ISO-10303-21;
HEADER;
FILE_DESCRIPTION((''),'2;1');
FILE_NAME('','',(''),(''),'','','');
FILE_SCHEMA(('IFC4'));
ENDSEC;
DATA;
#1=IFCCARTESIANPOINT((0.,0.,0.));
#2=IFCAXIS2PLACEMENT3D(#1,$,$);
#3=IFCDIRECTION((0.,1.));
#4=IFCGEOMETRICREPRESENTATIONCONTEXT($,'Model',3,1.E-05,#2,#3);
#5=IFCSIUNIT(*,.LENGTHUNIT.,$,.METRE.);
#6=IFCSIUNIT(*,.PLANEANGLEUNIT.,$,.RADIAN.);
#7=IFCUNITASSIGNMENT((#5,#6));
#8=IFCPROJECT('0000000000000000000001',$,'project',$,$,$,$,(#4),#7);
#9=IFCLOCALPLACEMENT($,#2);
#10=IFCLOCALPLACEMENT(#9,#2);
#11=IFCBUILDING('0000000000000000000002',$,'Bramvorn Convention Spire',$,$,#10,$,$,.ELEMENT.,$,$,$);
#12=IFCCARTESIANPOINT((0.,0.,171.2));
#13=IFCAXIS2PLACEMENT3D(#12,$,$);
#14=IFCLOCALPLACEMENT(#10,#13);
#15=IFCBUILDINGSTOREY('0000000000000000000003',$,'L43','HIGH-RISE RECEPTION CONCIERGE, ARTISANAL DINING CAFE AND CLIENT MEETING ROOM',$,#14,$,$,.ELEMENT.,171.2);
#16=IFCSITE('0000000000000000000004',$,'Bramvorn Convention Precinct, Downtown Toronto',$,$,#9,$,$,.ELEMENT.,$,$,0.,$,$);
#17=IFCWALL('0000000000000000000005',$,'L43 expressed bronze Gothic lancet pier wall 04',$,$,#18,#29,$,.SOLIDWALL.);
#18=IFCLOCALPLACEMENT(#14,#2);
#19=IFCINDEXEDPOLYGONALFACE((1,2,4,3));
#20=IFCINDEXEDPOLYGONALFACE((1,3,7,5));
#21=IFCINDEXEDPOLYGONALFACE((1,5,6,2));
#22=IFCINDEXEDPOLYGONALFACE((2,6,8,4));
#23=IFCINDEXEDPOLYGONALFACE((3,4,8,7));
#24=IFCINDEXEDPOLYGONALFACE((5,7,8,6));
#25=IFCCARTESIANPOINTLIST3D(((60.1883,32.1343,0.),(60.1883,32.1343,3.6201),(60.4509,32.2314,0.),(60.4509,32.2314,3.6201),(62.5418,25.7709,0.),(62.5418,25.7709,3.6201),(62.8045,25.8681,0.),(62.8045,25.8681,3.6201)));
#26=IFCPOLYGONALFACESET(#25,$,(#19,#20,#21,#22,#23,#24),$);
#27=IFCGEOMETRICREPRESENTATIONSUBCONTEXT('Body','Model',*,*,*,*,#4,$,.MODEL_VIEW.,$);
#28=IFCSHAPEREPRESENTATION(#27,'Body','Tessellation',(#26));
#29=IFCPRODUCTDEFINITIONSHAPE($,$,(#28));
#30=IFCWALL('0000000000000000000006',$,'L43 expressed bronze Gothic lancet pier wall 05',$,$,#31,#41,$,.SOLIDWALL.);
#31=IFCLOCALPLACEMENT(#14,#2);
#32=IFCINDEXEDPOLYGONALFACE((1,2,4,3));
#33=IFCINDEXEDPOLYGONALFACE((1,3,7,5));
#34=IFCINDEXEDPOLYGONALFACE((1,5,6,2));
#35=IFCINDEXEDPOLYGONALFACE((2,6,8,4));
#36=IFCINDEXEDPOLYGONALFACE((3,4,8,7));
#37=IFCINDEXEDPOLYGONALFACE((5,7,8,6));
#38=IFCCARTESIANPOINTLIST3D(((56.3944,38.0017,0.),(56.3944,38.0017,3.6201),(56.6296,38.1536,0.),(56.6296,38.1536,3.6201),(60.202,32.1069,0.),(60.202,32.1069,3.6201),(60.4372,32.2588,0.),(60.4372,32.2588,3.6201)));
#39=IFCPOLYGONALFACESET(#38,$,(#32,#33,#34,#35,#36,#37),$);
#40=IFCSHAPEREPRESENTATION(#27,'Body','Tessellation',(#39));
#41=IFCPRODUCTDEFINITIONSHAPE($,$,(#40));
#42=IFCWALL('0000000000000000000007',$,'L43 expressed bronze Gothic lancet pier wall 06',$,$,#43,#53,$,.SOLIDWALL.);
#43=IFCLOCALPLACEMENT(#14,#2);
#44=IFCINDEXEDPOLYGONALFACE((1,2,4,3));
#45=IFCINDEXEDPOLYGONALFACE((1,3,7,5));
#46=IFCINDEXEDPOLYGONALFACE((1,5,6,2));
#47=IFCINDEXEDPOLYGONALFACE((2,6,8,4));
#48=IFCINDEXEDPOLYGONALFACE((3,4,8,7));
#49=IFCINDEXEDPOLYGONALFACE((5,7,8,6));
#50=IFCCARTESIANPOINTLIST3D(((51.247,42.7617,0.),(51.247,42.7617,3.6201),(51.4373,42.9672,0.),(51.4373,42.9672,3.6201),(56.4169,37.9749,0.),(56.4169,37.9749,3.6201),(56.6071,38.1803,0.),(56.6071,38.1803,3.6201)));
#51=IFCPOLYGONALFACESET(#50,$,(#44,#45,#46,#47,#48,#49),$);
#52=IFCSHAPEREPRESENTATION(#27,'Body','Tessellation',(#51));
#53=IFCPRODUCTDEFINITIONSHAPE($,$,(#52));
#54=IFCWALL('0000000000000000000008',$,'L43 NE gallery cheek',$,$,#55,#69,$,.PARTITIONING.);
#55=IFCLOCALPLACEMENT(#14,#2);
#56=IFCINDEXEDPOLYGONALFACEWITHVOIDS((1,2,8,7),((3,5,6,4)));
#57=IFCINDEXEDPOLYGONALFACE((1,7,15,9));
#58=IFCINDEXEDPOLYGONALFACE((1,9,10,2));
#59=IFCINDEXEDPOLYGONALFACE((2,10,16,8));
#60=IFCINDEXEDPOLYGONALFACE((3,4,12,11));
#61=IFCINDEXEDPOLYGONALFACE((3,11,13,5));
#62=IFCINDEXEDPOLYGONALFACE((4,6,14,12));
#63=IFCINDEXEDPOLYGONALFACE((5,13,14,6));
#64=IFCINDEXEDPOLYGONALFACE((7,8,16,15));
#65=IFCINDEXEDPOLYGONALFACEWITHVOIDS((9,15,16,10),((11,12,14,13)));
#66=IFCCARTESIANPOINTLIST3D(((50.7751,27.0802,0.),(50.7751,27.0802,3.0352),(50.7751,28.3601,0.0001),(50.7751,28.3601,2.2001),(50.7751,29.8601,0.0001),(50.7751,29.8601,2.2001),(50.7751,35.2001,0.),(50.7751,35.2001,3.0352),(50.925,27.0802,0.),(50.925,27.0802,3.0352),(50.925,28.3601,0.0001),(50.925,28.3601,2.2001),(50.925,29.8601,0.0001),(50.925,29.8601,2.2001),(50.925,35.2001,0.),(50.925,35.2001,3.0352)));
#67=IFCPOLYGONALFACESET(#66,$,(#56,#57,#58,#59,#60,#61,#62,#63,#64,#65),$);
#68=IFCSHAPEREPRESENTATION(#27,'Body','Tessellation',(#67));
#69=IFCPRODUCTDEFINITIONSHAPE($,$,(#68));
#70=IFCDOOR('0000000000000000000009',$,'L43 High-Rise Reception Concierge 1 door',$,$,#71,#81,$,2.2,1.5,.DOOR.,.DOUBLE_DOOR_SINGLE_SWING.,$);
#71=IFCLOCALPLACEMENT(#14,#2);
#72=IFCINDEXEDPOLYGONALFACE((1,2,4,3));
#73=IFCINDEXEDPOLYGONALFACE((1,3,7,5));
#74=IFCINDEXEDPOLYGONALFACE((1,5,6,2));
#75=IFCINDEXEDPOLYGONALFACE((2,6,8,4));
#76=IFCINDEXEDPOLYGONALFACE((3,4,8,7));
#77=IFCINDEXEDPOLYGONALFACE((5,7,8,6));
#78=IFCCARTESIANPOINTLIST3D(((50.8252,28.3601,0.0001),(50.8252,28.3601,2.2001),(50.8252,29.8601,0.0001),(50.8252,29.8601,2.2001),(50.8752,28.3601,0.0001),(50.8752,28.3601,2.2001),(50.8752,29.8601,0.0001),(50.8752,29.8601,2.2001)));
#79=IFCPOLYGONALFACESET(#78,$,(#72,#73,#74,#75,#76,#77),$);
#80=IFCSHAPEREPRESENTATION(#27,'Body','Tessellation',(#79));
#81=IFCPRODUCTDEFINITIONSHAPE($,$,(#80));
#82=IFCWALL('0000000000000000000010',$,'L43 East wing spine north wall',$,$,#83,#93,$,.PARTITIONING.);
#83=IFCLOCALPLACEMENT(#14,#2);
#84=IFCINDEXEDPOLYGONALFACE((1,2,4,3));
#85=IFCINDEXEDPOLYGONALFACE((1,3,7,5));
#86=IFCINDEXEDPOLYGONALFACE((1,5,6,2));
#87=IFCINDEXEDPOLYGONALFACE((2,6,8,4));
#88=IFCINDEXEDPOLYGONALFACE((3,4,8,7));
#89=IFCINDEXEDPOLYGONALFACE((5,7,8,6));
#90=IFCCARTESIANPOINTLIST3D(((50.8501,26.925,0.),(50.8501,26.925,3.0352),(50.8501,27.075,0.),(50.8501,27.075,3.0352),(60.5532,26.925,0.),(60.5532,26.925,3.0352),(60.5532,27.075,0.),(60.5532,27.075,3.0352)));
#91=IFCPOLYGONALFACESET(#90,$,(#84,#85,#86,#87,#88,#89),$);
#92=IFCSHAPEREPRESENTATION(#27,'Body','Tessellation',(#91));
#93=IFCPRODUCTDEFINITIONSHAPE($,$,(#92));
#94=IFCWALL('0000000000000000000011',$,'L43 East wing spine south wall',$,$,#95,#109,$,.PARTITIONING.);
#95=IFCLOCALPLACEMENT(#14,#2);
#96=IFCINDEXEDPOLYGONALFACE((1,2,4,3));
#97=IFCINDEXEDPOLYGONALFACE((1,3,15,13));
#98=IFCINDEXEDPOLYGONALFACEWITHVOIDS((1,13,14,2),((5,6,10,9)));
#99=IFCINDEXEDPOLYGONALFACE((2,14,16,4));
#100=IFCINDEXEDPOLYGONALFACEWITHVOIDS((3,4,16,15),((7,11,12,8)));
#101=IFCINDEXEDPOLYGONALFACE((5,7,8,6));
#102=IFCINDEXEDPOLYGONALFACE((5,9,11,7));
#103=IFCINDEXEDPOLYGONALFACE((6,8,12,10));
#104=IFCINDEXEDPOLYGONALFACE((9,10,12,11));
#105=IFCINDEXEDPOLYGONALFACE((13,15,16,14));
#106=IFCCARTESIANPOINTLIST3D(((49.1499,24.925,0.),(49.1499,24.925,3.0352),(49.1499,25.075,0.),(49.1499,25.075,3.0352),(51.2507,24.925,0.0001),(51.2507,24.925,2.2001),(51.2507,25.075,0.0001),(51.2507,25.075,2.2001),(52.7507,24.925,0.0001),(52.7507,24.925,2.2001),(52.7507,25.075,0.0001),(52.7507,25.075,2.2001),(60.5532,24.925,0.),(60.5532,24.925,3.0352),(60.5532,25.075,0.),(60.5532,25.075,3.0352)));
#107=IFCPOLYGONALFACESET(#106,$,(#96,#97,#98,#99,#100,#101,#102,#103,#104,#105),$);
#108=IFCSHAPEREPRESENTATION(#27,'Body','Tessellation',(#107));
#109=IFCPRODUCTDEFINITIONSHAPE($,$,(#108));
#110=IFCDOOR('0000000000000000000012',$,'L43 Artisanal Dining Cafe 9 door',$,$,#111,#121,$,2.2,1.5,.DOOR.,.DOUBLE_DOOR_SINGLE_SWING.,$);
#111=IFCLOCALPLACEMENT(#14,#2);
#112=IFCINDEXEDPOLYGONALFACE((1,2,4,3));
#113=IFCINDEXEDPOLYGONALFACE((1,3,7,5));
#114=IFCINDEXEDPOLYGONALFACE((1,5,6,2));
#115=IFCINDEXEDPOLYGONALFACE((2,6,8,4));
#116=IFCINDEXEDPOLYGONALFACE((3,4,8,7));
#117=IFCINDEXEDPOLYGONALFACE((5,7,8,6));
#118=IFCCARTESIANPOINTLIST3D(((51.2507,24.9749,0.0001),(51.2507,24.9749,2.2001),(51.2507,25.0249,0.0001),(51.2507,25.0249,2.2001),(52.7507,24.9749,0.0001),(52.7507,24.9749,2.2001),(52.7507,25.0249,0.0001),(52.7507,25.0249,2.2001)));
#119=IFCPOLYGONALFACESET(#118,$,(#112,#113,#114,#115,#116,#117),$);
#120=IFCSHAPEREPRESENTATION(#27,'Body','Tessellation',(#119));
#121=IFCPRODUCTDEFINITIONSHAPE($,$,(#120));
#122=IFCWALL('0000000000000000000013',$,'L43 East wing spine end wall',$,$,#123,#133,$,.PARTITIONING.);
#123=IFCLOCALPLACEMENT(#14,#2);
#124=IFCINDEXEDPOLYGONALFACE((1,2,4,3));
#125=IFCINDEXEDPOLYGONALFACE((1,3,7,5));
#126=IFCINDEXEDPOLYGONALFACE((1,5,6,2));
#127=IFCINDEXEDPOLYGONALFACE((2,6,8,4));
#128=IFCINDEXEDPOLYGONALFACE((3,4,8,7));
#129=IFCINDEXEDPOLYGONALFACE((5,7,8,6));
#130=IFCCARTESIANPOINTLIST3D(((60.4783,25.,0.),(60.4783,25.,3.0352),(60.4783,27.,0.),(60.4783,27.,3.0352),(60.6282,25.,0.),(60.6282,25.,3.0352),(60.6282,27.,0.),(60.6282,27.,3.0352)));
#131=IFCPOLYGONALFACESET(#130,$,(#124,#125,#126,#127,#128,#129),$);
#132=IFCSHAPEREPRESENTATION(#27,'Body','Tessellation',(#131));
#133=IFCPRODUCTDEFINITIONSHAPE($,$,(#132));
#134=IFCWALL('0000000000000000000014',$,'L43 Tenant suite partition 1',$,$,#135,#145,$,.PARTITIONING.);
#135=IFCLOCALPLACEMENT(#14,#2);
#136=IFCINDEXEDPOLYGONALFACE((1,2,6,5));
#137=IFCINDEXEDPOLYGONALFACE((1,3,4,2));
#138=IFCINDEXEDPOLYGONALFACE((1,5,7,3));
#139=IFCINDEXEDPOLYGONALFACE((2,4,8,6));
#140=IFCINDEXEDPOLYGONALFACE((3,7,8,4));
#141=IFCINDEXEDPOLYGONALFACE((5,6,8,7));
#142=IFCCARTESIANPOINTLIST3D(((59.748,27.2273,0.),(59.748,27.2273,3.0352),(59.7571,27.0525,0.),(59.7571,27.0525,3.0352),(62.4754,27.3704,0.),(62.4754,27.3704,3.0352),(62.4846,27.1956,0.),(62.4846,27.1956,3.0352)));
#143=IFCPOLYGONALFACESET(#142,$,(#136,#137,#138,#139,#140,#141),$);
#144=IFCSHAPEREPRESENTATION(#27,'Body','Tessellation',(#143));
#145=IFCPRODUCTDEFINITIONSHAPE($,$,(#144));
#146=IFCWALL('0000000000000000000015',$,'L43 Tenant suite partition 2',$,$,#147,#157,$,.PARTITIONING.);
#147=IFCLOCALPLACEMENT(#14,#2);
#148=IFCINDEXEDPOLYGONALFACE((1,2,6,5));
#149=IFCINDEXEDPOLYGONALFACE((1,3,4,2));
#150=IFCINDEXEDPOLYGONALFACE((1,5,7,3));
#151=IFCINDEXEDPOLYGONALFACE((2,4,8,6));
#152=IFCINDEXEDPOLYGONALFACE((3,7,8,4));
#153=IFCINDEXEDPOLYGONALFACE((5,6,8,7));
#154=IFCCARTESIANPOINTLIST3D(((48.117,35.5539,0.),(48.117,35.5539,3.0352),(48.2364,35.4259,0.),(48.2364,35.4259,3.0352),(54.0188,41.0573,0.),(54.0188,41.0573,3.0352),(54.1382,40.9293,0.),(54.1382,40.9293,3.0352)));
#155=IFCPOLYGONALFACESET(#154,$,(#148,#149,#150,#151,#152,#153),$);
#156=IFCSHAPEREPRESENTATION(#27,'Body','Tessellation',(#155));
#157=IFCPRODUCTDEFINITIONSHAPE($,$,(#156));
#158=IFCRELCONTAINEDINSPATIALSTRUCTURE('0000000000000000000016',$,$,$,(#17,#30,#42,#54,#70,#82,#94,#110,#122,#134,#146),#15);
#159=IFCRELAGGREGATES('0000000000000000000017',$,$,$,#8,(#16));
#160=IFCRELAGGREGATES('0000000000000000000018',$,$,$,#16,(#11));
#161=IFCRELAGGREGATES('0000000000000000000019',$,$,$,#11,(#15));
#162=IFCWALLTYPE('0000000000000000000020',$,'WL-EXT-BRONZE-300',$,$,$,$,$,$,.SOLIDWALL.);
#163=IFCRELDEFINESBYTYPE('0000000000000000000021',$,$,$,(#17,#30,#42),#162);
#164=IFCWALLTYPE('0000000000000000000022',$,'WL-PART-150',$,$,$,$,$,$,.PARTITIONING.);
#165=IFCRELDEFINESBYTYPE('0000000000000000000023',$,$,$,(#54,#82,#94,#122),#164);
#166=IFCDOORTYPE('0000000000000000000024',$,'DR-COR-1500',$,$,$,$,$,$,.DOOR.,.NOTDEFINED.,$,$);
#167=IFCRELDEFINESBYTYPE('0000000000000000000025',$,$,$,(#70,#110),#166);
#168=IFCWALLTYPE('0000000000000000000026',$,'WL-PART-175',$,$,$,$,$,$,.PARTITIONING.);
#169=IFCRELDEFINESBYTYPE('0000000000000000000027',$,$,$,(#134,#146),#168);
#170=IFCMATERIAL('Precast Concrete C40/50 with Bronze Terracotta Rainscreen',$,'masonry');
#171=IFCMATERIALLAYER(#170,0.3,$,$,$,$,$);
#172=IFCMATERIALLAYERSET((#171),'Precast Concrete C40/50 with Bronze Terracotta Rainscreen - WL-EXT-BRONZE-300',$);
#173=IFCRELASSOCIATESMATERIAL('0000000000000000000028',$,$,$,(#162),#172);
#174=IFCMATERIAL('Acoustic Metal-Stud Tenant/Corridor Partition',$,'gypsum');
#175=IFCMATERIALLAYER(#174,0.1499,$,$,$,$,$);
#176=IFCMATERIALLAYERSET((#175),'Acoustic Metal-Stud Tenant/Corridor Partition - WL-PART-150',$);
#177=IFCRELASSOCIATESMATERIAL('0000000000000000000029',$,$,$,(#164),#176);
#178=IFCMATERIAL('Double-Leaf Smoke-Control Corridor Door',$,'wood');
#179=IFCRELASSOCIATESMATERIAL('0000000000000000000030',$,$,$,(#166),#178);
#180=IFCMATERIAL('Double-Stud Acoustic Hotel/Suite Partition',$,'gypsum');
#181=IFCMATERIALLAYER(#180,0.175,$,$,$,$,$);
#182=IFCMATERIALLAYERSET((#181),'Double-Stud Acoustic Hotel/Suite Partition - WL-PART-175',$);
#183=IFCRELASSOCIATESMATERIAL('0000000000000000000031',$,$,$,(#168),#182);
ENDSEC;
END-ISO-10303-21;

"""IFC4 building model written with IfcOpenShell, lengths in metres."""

from ifc_helpers import new_model, si_unit, direction, frame, frame_2d, origin, place, context, subcontext, project, spatial, rectangle, extrude, material, layer, layer_set, type_object, element, fill, save


model = new_model("IFC4")

# Units and contexts
model_context = context("Model", 3, precision=1e-05, world=origin(), true_north=direction((0.0, 1.0)))
body_context = subcontext(model_context, "Body", "Model", "MODEL_VIEW")
ifc_project = project(units=[si_unit("LENGTHUNIT", "METRE"), si_unit("PLANEANGLEUNIT", "RADIAN")], contexts=[model_context])

# Site, building, storey
site_placement = place(None, origin())
site = spatial("IfcSite", under=ifc_project, at=site_placement, Name="Bramvorn Convention Precinct, Downtown Toronto", CompositionType="ELEMENT", RefElevation=0.0)
building_placement = place(site_placement, origin())
building = spatial("IfcBuilding", under=site, at=building_placement, Name="Bramvorn Convention Spire", CompositionType="ELEMENT")
storey_placement = place(building_placement, frame((0.0, 0.0, 171.2)))
storey = spatial("IfcBuildingStorey", under=building, at=storey_placement, Name="L43", Description="HIGH-RISE RECEPTION CONCIERGE, ARTISANAL DINING CAFE AND CLIENT MEETING ROOM", CompositionType="ELEMENT", Elevation=171.2)

# Walls
ifc_material_1 = material(Name="Precast Concrete C40/50 with Bronze Terracotta Rainscreen", Category="masonry")
ifc_layer_1 = layer(ifc_material_1, 0.3)
ifc_layer_set_1 = layer_set([ifc_layer_1], Name="Precast Concrete C40/50 with Bronze Terracotta Rainscreen - WL-EXT-BRONZE-300")
wall_type_1 = type_object("IfcWallType", Name="WL-EXT-BRONZE-300", PredefinedType="SOLIDWALL", material=ifc_layer_set_1)
wall_1_placement = place(storey_placement, frame((60.3196, 32.1829, 0.0), z_axis=(0.0, 0.0, 1.0), x_axis=(0.346892, -0.937905, 0.0)))
element("IfcWall", 1, at=wall_1_placement, inside=storey, type_object=wall_type_1, Name="L43 expressed bronze Gothic lancet pier wall 04", PredefinedType="SOLIDWALL", context=body_context, shape_type="SweptSolid", body=[
    extrude(rectangle(XDim=6.7847, YDim=0.28, at=frame_2d((3.3923, 0.0))), origin(), (0.0, 0.0, 1.0), 3.6201),
])
wall_2_placement = place(storey_placement, frame((56.512, 38.0776, 0.0), z_axis=(0.0, 0.0, 1.0), x_axis=(0.542583, -0.840002, 0.0)))
element("IfcWall", 2, at=wall_2_placement, inside=storey, type_object=wall_type_1, Name="L43 expressed bronze Gothic lancet pier wall 05", PredefinedType="SOLIDWALL", context=body_context, shape_type="SweptSolid", body=[
    extrude(rectangle(XDim=7.0176, YDim=0.28, at=frame_2d((3.5088, 0.0))), origin(), (0.0, 0.0, 1.0), 3.6201),
])
wall_3_placement = place(storey_placement, frame((51.342, 42.8645, 0.0), z_axis=(0.0, 0.0, 1.0), x_axis=(0.733768, -0.6794, 0.0)))
element("IfcWall", 3, at=wall_3_placement, inside=storey, type_object=wall_type_1, Name="L43 expressed bronze Gothic lancet pier wall 06", PredefinedType="SOLIDWALL", context=body_context, shape_type="SweptSolid", body=[
    extrude(rectangle(XDim=7.0457, YDim=0.28, at=frame_2d((3.5229, 0.0))), origin(), (0.0, 0.0, 1.0), 3.6201),
])

# Wall, opening, door
ifc_material_2 = material(Name="Acoustic Metal-Stud Tenant/Corridor Partition", Category="gypsum")
ifc_layer_2 = layer(ifc_material_2, 0.1499)
ifc_layer_set_2 = layer_set([ifc_layer_2], Name="Acoustic Metal-Stud Tenant/Corridor Partition - WL-PART-150")
wall_type_2 = type_object("IfcWallType", Name="WL-PART-150", PredefinedType="PARTITIONING", material=ifc_layer_set_2)
wall_4_placement = place(storey_placement, frame((50.8501, 27.0801, 0.0), z_axis=(0.0, 0.0, 1.0), x_axis=(0.0, 1.0, 0.0)))
wall_4 = element("IfcWall", 4, at=wall_4_placement, inside=storey, type_object=wall_type_2, Name="L43 NE gallery cheek", PredefinedType="PARTITIONING", context=body_context, shape_type="SweptSolid", body=[
    extrude(rectangle(XDim=8.1199, YDim=0.1499, at=frame_2d((4.0601, 0.0))), origin(), (0.0, 0.0, 1.0), 3.0352),
])
opening_1_placement = place(wall_4_placement, frame((1.28, 0.0, 0.0)))
opening_1 = element("IfcOpeningElement", 5, at=opening_1_placement, cuts=wall_4, PredefinedType="OPENING", context=body_context, shape_type="SweptSolid", body=[
    extrude(rectangle(XDim=1.5, YDim=2.2, at=frame_2d((0.75, 1.1001))), frame((0.0, 0.085, 0.0), z_axis=(0.0, -1.0, 0.0), x_axis=(1.0, 0.0, 0.0)), (0.0, 0.0, 1.0), 0.1699),
])
ifc_material_3 = material(Name="Double-Leaf Smoke-Control Corridor Door", Category="wood")
door_type = type_object("IfcDoorType", Name="DR-COR-1500", OperationType="NOTDEFINED", PredefinedType="DOOR", material=ifc_material_3)
door_1_placement = place(opening_1_placement, origin())
door_1 = element("IfcDoor", 6, at=door_1_placement, inside=storey, type_object=door_type, Name="L43 High-Rise Reception Concierge 1 door", OperationType="DOUBLE_DOOR_SINGLE_SWING", OverallHeight=2.2, OverallWidth=1.5, PredefinedType="DOOR", context=body_context, shape_type="SweptSolid", body=[
    extrude(rectangle(XDim=1.5, YDim=2.2, at=frame_2d((0.75, 1.1001))), frame((0.0, 0.0249, 0.0), z_axis=(0.0, -1.0, 0.0), x_axis=(1.0, 0.0, 0.0)), (0.0, 0.0, 1.0), 0.05),
])
fill(opening_1, door_1)

# Wall
wall_5_placement = place(storey_placement, frame((50.8501, 27.0, 0.0), z_axis=(0.0, 0.0, 1.0), x_axis=(1.0, 0.0, 0.0)))
element("IfcWall", 7, at=wall_5_placement, inside=storey, type_object=wall_type_2, Name="L43 East wing spine north wall", PredefinedType="PARTITIONING", context=body_context, shape_type="SweptSolid", body=[
    extrude(rectangle(XDim=9.7031, YDim=0.1499, at=frame_2d((4.8516, 0.0))), origin(), (0.0, 0.0, 1.0), 3.0352),
])

# Wall, opening, door
wall_6_placement = place(storey_placement, frame((49.1499, 25.0, 0.0), z_axis=(0.0, 0.0, 1.0), x_axis=(1.0, 0.0, 0.0)))
wall_6 = element("IfcWall", 8, at=wall_6_placement, inside=storey, type_object=wall_type_2, Name="L43 East wing spine south wall", PredefinedType="PARTITIONING", context=body_context, shape_type="SweptSolid", body=[
    extrude(rectangle(XDim=11.4033, YDim=0.1499, at=frame_2d((5.7017, 0.0))), origin(), (0.0, 0.0, 1.0), 3.0352),
])
opening_2_placement = place(wall_6_placement, frame((2.1008, 0.0, 0.0)))
opening_2 = element("IfcOpeningElement", 9, at=opening_2_placement, cuts=wall_6, PredefinedType="OPENING", context=body_context, shape_type="SweptSolid", body=[
    extrude(rectangle(XDim=1.5, YDim=2.2, at=frame_2d((0.75, 1.1001))), frame((0.0, 0.085, 0.0), z_axis=(0.0, -1.0, 0.0), x_axis=(1.0, 0.0, 0.0)), (0.0, 0.0, 1.0), 0.1699),
])
door_2_placement = place(opening_2_placement, origin())
door_2 = element("IfcDoor", 10, at=door_2_placement, inside=storey, type_object=door_type, Name="L43 Artisanal Dining Cafe 9 door", OperationType="DOUBLE_DOOR_SINGLE_SWING", OverallHeight=2.2, OverallWidth=1.5, PredefinedType="DOOR", context=body_context, shape_type="SweptSolid", body=[
    extrude(rectangle(XDim=1.5, YDim=2.2, at=frame_2d((0.75, 1.1001))), frame((0.0, 0.0249, 0.0), z_axis=(0.0, -1.0, 0.0), x_axis=(1.0, 0.0, 0.0)), (0.0, 0.0, 1.0), 0.05),
])
fill(opening_2, door_2)

# Walls
wall_7_placement = place(storey_placement, frame((60.5532, 25.0, 0.0), z_axis=(0.0, 0.0, 1.0), x_axis=(0.0, 1.0, 0.0)))
element("IfcWall", 11, at=wall_7_placement, inside=storey, type_object=wall_type_2, Name="L43 East wing spine end wall", PredefinedType="PARTITIONING", context=body_context, shape_type="SweptSolid", body=[
    extrude(rectangle(XDim=2.0, YDim=0.1499, at=frame_2d((1.0, 0.0))), origin(), (0.0, 0.0, 1.0), 3.0352),
])
ifc_material_4 = material(Name="Double-Stud Acoustic Hotel/Suite Partition", Category="gypsum")
ifc_layer_3 = layer(ifc_material_4, 0.175)
ifc_layer_set_3 = layer_set([ifc_layer_3], Name="Double-Stud Acoustic Hotel/Suite Partition - WL-PART-175")
wall_type_3 = type_object("IfcWallType", Name="WL-PART-175", PredefinedType="PARTITIONING", material=ifc_layer_set_3)
wall_8_placement = place(storey_placement, frame((59.7524, 27.1399, 0.0), z_axis=(0.0, 0.0, 1.0), x_axis=(0.998627, 0.052381, 0.0)))
element("IfcWall", 12, at=wall_8_placement, inside=storey, type_object=wall_type_3, Name="L43 Tenant suite partition 1", PredefinedType="PARTITIONING", context=body_context, shape_type="SweptSolid", body=[
    extrude(rectangle(XDim=2.7312, YDim=0.175, at=frame_2d((1.3657, 0.0))), origin(), (0.0, 0.0, 1.0), 3.0352),
])
wall_9_placement = place(storey_placement, frame((48.1768, 35.49, 0.0), z_axis=(0.0, 0.0, 1.0), x_axis=(0.731363, 0.681988, 0.0)))
element("IfcWall", 13, at=wall_9_placement, inside=storey, type_object=wall_type_3, Name="L43 Tenant suite partition 2", PredefinedType="PARTITIONING", context=body_context, shape_type="SweptSolid", body=[
    extrude(rectangle(XDim=8.0696, YDim=0.175, at=frame_2d((4.0347, 0.0))), origin(), (0.0, 0.0, 1.0), 3.0352),
])

save(model, "model.ifc")
